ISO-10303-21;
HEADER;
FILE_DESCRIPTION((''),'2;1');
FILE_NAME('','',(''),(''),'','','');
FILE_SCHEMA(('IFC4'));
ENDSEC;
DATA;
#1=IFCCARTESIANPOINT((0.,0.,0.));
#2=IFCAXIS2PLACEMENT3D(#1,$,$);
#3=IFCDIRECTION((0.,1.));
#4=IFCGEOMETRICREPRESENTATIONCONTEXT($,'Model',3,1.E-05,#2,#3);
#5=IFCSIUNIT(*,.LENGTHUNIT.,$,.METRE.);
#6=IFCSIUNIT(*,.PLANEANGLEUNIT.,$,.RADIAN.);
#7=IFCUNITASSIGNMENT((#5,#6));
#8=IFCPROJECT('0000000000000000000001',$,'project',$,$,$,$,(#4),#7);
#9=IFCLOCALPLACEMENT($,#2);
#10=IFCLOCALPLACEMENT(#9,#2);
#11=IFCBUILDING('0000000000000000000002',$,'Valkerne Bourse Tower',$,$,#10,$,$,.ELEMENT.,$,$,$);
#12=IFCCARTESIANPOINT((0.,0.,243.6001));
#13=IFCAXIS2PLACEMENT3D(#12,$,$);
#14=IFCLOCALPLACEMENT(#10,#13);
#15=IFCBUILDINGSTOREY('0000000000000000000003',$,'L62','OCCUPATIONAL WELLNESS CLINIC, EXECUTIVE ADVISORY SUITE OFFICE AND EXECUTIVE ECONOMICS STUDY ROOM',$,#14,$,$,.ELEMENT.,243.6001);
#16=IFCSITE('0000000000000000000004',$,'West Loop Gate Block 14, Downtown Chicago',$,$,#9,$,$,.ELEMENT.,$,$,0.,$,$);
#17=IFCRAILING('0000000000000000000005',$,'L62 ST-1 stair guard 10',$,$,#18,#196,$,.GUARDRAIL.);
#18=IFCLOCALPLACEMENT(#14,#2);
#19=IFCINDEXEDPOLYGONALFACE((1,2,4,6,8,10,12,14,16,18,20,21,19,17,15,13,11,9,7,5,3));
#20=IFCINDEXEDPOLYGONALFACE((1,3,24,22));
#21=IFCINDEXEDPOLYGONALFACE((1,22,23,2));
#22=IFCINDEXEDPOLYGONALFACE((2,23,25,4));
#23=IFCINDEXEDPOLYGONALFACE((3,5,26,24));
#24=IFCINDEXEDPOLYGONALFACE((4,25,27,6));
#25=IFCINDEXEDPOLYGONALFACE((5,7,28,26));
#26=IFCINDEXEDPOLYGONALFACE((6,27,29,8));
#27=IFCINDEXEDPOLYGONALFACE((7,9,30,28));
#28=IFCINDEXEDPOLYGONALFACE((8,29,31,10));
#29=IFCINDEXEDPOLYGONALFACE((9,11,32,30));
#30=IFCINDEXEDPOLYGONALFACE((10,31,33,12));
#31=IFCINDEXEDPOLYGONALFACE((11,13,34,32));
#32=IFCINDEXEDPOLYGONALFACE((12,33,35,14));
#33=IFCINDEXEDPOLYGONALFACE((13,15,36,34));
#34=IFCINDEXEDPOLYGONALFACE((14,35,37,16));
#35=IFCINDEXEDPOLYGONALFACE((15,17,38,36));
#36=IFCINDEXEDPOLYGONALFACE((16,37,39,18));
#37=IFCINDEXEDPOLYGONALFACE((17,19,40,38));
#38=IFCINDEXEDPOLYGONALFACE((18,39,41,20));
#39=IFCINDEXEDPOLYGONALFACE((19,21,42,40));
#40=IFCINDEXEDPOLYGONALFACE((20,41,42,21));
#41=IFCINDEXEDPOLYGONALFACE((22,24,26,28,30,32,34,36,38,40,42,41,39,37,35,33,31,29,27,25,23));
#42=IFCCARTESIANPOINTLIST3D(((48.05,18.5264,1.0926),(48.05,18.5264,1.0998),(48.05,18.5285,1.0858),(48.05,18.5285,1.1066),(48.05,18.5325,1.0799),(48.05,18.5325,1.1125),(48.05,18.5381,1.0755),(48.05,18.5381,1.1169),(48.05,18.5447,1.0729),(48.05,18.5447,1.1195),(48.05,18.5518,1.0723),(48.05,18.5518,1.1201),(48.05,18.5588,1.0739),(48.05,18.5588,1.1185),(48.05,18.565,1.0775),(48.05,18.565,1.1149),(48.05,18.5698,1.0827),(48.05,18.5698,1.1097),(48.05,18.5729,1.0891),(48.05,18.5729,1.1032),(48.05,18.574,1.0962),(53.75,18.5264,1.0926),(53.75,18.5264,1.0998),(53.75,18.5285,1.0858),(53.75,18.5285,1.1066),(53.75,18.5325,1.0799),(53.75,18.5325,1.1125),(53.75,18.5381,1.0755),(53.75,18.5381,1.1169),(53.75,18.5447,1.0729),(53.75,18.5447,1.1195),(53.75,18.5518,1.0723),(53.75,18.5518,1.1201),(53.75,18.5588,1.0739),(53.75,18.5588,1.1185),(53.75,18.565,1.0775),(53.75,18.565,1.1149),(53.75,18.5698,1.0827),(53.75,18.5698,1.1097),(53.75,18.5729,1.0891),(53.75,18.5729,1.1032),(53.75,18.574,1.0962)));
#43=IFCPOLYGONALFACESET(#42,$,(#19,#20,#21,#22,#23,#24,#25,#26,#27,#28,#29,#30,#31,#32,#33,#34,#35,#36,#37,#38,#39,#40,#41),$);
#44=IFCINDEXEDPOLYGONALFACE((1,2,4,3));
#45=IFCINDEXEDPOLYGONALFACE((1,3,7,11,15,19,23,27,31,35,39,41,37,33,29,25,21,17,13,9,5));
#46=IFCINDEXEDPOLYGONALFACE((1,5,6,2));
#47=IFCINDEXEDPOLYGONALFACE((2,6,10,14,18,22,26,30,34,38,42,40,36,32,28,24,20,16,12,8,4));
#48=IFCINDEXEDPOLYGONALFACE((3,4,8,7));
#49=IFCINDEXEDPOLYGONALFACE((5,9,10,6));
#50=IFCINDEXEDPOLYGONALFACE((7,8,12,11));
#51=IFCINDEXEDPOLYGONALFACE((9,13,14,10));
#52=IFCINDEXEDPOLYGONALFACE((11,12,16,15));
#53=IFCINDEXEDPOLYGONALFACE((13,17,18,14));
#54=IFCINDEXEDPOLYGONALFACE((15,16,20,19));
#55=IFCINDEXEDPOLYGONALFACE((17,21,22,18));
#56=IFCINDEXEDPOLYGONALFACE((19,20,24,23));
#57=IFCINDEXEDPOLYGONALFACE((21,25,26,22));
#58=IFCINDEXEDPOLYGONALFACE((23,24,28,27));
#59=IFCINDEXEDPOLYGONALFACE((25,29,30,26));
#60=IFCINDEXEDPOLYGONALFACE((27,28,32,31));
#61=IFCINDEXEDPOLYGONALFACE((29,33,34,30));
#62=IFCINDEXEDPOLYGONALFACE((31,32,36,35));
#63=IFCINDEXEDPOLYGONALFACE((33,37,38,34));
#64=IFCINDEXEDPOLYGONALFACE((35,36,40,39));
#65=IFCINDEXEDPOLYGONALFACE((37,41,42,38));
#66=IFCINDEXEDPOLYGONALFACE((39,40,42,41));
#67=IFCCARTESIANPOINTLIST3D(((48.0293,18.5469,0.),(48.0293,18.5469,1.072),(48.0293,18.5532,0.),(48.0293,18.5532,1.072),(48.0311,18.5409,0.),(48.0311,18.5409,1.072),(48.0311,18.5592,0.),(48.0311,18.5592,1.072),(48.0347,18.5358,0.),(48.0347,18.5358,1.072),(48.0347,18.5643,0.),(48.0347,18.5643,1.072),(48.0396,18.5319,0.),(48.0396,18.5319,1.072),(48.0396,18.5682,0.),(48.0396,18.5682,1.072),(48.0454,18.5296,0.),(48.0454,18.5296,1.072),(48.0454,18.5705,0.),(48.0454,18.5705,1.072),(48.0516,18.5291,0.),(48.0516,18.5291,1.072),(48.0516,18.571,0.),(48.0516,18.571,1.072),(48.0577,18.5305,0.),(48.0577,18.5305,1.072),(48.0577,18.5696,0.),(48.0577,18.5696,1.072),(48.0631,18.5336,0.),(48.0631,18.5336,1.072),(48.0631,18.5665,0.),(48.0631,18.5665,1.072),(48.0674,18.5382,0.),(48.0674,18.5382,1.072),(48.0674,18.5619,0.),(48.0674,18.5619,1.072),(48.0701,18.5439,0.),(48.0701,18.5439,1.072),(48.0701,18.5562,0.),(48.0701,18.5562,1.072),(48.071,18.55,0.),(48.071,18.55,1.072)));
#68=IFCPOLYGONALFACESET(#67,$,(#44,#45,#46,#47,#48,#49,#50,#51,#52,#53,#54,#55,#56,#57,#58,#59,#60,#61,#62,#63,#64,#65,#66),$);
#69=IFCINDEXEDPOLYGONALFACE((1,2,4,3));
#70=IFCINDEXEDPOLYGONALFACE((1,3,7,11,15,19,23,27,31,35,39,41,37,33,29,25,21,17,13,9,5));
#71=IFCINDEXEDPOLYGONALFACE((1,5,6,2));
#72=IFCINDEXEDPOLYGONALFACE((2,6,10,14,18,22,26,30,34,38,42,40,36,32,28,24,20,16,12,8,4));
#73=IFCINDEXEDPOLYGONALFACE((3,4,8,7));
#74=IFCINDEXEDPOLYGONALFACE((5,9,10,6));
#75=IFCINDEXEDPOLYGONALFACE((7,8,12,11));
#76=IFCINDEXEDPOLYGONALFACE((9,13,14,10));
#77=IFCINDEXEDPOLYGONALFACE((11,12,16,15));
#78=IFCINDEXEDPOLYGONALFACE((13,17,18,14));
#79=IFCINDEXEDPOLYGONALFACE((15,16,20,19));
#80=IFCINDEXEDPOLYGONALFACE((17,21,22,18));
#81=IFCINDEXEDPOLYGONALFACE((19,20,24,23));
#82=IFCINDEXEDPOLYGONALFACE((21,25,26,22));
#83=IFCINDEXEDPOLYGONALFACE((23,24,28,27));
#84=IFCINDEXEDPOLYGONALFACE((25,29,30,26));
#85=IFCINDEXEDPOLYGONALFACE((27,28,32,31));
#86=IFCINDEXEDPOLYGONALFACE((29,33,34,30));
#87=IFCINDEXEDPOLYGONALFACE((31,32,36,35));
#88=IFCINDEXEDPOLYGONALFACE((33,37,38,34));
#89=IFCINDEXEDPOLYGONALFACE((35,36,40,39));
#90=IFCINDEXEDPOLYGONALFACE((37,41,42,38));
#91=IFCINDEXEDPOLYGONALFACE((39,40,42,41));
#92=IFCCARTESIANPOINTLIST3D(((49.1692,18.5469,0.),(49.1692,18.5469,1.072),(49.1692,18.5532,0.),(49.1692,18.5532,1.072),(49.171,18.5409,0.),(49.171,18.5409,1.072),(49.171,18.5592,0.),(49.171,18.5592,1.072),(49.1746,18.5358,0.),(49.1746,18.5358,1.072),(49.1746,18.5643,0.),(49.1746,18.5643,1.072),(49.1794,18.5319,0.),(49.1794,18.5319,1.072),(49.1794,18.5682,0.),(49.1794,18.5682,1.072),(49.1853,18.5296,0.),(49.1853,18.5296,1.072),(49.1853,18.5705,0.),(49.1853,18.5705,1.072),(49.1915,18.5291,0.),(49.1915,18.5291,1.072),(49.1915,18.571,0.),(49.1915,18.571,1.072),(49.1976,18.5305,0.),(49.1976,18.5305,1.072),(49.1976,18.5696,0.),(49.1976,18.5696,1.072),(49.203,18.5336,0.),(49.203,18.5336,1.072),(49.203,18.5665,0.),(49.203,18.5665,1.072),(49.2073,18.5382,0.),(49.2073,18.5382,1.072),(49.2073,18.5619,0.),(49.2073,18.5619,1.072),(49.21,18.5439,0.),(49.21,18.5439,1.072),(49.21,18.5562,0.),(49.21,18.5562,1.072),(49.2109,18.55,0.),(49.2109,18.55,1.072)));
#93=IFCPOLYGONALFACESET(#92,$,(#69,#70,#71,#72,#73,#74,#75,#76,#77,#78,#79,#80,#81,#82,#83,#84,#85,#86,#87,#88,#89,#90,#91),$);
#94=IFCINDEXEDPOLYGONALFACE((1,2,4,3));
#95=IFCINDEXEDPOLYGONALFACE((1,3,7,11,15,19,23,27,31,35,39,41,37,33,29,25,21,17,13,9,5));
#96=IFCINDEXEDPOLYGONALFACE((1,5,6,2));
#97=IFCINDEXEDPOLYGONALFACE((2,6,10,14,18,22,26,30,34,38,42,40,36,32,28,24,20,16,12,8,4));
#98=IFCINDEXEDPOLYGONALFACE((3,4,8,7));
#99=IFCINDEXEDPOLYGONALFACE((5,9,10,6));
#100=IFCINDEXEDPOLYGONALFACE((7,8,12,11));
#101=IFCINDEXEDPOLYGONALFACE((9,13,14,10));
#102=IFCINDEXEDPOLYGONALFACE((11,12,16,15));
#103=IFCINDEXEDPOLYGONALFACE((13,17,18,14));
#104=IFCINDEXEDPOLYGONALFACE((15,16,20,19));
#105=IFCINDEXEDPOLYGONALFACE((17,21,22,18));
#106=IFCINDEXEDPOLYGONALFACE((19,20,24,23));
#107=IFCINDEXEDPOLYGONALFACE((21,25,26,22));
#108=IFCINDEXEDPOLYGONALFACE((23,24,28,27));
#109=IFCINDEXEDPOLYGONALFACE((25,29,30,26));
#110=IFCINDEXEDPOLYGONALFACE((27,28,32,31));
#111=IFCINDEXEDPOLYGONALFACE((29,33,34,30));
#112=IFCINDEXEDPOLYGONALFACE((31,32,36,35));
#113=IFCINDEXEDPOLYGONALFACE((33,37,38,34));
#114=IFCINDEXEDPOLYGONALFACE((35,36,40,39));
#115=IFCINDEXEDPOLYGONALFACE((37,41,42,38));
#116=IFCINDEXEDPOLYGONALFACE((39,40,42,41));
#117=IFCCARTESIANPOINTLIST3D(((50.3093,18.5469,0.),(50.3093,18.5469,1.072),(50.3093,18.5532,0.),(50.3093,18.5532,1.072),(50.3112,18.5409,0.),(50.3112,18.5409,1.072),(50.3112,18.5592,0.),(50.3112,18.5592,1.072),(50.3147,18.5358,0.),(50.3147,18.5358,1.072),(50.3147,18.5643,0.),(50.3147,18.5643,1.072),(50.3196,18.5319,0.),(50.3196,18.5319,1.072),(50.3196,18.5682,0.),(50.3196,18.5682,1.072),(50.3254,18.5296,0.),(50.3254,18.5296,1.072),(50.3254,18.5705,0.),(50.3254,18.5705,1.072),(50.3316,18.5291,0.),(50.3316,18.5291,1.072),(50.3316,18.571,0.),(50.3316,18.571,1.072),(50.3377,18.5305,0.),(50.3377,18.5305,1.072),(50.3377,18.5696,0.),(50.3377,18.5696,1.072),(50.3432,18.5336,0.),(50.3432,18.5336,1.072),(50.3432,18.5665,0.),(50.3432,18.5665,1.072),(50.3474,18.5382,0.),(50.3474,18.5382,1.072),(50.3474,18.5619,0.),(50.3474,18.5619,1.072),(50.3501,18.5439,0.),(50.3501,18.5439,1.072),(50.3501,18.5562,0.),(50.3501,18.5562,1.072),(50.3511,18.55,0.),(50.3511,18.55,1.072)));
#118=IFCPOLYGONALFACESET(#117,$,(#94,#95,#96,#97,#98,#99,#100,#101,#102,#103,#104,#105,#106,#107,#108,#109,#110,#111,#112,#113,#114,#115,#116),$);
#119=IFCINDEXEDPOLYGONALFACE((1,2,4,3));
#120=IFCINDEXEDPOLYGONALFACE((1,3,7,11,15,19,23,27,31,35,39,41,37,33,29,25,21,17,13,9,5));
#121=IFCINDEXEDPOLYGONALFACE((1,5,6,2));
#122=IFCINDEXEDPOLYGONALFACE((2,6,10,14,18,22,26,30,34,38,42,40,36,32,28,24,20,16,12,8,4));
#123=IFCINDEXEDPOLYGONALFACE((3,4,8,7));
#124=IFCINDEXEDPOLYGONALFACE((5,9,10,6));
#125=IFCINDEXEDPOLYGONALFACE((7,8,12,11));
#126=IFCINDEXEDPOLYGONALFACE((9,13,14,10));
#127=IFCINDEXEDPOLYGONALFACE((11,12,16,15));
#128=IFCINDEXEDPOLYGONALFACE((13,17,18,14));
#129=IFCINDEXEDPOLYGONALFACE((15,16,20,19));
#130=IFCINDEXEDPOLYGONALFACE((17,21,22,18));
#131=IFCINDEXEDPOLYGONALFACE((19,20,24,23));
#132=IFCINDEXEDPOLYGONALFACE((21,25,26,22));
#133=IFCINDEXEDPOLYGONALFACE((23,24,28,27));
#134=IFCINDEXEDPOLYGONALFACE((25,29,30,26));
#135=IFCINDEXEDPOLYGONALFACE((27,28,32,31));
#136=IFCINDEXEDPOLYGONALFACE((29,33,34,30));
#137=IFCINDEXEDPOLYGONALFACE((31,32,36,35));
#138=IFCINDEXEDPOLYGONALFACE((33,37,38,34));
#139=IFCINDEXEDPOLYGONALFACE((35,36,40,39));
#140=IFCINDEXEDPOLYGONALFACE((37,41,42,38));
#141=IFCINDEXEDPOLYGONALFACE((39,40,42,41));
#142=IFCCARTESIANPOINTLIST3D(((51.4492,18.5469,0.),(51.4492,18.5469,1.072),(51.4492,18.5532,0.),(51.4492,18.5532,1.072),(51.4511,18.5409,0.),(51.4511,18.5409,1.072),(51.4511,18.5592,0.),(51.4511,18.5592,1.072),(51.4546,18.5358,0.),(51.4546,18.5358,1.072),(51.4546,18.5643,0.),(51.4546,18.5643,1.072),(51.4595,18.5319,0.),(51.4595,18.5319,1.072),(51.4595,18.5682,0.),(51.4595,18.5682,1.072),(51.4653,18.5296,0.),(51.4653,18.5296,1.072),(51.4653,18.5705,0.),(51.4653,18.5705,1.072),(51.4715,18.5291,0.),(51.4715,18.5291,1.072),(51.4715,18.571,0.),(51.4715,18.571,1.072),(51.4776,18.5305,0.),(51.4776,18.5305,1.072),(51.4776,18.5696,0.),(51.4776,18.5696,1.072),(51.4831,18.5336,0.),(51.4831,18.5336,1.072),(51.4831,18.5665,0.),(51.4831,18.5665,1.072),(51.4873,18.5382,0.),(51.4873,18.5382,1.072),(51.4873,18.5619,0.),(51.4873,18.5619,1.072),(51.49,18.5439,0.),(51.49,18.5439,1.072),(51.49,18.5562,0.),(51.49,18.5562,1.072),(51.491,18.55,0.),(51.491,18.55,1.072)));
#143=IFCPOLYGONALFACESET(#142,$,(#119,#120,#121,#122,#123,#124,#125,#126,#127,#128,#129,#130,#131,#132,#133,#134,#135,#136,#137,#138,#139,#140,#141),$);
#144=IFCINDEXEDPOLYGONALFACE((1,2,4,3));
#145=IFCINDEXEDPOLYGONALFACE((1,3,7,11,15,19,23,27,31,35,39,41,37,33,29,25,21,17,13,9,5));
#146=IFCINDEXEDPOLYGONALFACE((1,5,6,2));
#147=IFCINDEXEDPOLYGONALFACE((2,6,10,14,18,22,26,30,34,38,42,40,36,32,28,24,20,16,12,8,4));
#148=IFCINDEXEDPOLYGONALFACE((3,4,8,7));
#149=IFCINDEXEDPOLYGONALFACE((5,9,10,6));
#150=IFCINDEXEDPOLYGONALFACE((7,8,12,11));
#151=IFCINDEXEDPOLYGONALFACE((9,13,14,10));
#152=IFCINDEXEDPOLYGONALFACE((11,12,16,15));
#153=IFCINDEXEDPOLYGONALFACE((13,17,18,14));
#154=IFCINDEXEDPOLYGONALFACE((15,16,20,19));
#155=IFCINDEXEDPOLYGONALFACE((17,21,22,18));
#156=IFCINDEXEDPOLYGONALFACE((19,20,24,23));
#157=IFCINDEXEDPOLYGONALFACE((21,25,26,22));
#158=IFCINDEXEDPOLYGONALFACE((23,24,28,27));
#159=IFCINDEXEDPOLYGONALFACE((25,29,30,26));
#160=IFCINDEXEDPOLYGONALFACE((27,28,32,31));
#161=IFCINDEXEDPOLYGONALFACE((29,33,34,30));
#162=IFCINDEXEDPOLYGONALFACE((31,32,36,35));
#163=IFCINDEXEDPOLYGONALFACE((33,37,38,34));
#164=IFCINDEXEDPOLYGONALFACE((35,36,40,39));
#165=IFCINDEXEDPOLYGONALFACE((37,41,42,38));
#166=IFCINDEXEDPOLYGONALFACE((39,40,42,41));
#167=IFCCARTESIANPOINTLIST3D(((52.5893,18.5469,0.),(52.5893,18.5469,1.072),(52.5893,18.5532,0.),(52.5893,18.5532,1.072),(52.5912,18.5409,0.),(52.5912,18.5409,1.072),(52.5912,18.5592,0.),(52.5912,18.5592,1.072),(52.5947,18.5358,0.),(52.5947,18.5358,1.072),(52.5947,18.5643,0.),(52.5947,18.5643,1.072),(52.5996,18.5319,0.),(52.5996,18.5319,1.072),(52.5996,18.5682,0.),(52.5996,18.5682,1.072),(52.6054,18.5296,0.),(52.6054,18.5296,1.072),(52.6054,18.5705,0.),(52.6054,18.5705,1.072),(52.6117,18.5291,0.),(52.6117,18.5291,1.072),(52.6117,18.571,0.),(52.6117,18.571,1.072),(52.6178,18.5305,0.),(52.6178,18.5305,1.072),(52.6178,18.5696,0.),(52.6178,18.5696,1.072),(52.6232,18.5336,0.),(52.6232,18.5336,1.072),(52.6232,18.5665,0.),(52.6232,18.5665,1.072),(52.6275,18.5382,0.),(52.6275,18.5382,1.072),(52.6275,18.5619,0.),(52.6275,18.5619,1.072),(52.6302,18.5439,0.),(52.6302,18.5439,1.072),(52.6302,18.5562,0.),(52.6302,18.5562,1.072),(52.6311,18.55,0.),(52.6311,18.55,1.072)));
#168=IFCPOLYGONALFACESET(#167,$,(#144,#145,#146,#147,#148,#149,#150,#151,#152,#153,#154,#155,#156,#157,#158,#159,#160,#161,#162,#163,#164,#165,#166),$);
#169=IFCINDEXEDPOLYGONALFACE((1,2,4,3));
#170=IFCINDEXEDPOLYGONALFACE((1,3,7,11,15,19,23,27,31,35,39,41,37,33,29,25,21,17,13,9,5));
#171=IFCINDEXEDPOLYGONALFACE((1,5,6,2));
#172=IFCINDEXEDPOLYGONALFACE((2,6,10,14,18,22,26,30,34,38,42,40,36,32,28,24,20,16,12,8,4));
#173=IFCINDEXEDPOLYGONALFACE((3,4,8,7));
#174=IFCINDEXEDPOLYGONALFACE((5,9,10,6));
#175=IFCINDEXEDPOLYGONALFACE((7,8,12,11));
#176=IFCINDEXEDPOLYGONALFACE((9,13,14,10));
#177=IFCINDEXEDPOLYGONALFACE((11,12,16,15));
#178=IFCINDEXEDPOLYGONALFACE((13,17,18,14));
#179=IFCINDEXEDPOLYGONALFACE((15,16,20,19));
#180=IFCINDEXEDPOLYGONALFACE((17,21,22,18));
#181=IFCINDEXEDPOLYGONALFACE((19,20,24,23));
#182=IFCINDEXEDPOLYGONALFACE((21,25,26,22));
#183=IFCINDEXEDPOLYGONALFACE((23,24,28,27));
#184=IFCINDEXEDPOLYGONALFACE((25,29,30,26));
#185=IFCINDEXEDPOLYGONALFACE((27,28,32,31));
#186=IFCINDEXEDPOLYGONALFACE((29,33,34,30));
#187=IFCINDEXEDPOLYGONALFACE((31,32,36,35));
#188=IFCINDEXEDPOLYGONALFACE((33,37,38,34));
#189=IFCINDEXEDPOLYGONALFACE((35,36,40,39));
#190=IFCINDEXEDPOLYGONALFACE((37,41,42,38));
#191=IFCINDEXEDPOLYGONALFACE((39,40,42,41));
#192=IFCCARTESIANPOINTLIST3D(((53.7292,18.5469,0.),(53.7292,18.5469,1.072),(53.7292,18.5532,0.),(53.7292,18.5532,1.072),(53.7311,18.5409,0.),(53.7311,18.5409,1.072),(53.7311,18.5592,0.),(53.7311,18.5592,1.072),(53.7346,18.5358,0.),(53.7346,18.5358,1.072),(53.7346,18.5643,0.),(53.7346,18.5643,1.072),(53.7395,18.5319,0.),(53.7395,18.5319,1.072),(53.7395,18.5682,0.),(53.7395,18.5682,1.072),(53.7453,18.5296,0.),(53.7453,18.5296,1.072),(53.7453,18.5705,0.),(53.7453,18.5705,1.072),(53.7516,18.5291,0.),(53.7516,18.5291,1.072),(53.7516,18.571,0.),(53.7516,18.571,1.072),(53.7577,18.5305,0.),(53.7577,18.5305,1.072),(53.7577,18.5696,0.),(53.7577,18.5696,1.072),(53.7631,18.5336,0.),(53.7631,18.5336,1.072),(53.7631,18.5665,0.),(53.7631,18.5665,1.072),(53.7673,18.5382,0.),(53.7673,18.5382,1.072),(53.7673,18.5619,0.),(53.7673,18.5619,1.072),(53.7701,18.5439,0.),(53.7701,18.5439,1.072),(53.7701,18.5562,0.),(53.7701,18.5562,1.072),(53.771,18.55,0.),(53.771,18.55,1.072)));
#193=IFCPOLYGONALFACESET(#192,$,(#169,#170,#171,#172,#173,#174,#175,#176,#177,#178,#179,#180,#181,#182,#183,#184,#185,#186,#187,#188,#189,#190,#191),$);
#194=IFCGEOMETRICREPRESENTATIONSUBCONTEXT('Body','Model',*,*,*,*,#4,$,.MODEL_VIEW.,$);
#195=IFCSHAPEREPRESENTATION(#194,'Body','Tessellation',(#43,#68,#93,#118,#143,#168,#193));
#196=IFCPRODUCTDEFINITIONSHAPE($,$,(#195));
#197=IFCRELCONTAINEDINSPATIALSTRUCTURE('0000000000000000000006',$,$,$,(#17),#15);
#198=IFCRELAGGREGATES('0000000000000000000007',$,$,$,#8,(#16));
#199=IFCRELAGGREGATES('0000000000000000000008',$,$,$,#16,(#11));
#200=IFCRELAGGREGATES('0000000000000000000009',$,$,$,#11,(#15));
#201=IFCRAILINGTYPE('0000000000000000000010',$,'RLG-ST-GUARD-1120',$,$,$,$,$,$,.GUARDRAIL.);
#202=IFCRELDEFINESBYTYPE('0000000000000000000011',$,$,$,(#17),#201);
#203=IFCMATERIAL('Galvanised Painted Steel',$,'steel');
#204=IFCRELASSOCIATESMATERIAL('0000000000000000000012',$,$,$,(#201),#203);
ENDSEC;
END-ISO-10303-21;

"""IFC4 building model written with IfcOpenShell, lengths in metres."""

from ifc_helpers import new_model, si_unit, direction, frame, origin, origin_2d, place, context, subcontext, project, spatial, circle, extrude, material, type_object, element, save


model = new_model("IFC4")

# Units and contexts
model_context = context("Model", 3, precision=1e-05, world=origin(), true_north=direction((0.0, 1.0)))
body_context = subcontext(model_context, "Body", "Model", "MODEL_VIEW")
ifc_project = project(units=[si_unit("LENGTHUNIT", "METRE"), si_unit("PLANEANGLEUNIT", "RADIAN")], contexts=[model_context])

# Site, building, storey
site_placement = place(None, origin())
site = spatial("IfcSite", under=ifc_project, at=site_placement, Name="West Loop Gate Block 14, Downtown Chicago", CompositionType="ELEMENT", RefElevation=0.0)
building_placement = place(site_placement, origin())
building = spatial("IfcBuilding", under=site, at=building_placement, Name="Valkerne Bourse Tower", CompositionType="ELEMENT")
storey_placement = place(building_placement, frame((0.0, 0.0, 243.6001)))
storey = spatial("IfcBuildingStorey", under=building, at=storey_placement, Name="L62", Description="OCCUPATIONAL WELLNESS CLINIC, EXECUTIVE ADVISORY SUITE OFFICE AND EXECUTIVE ECONOMICS STUDY ROOM", CompositionType="ELEMENT", Elevation=243.6001)

# Railing
ifc_material_1 = material(Name="Galvanised Painted Steel", Category="steel")
railing_type_1 = type_object("IfcRailingType", Name="RLG-ST-GUARD-1120", PredefinedType="GUARDRAIL", material=ifc_material_1)
railing_1_placement = place(storey_placement, frame((48.05, 18.55, 0.0)))
element("IfcRailing", 1, at=railing_1_placement, inside=storey, type_object=railing_type_1, Name="L62 ST-1 stair guard 10", PredefinedType="GUARDRAIL", context=body_context, shape_type="SweptSolid", body=[
    extrude(circle(Radius=0.0239, at=origin_2d()), frame((0.0, 0.0, 1.0962), z_axis=(1.0, 0.0, 0.0), x_axis=(0.0, 1.0, 0.0)), (0.0, 0.0, 1.0), 5.7),
    extrude(circle(Radius=0.021, at=origin_2d()), origin(), (0.0, 0.0, 1.0), 1.072),
    extrude(circle(Radius=0.021, at=origin_2d()), frame((1.1399, 0.0, 0.0)), (0.0, 0.0, 1.0), 1.072),
    extrude(circle(Radius=0.021, at=origin_2d()), frame((2.28, 0.0, 0.0)), (0.0, 0.0, 1.0), 1.072),
    extrude(circle(Radius=0.021, at=origin_2d()), frame((3.4199, 0.0, 0.0)), (0.0, 0.0, 1.0), 1.072),
    extrude(circle(Radius=0.021, at=origin_2d()), frame((4.5601, 0.0, 0.0)), (0.0, 0.0, 1.0), 1.072),
    extrude(circle(Radius=0.021, at=origin_2d()), frame((5.7, 0.0, 0.0)), (0.0, 0.0, 1.0), 1.072),
])

save(model, "model.ifc")
